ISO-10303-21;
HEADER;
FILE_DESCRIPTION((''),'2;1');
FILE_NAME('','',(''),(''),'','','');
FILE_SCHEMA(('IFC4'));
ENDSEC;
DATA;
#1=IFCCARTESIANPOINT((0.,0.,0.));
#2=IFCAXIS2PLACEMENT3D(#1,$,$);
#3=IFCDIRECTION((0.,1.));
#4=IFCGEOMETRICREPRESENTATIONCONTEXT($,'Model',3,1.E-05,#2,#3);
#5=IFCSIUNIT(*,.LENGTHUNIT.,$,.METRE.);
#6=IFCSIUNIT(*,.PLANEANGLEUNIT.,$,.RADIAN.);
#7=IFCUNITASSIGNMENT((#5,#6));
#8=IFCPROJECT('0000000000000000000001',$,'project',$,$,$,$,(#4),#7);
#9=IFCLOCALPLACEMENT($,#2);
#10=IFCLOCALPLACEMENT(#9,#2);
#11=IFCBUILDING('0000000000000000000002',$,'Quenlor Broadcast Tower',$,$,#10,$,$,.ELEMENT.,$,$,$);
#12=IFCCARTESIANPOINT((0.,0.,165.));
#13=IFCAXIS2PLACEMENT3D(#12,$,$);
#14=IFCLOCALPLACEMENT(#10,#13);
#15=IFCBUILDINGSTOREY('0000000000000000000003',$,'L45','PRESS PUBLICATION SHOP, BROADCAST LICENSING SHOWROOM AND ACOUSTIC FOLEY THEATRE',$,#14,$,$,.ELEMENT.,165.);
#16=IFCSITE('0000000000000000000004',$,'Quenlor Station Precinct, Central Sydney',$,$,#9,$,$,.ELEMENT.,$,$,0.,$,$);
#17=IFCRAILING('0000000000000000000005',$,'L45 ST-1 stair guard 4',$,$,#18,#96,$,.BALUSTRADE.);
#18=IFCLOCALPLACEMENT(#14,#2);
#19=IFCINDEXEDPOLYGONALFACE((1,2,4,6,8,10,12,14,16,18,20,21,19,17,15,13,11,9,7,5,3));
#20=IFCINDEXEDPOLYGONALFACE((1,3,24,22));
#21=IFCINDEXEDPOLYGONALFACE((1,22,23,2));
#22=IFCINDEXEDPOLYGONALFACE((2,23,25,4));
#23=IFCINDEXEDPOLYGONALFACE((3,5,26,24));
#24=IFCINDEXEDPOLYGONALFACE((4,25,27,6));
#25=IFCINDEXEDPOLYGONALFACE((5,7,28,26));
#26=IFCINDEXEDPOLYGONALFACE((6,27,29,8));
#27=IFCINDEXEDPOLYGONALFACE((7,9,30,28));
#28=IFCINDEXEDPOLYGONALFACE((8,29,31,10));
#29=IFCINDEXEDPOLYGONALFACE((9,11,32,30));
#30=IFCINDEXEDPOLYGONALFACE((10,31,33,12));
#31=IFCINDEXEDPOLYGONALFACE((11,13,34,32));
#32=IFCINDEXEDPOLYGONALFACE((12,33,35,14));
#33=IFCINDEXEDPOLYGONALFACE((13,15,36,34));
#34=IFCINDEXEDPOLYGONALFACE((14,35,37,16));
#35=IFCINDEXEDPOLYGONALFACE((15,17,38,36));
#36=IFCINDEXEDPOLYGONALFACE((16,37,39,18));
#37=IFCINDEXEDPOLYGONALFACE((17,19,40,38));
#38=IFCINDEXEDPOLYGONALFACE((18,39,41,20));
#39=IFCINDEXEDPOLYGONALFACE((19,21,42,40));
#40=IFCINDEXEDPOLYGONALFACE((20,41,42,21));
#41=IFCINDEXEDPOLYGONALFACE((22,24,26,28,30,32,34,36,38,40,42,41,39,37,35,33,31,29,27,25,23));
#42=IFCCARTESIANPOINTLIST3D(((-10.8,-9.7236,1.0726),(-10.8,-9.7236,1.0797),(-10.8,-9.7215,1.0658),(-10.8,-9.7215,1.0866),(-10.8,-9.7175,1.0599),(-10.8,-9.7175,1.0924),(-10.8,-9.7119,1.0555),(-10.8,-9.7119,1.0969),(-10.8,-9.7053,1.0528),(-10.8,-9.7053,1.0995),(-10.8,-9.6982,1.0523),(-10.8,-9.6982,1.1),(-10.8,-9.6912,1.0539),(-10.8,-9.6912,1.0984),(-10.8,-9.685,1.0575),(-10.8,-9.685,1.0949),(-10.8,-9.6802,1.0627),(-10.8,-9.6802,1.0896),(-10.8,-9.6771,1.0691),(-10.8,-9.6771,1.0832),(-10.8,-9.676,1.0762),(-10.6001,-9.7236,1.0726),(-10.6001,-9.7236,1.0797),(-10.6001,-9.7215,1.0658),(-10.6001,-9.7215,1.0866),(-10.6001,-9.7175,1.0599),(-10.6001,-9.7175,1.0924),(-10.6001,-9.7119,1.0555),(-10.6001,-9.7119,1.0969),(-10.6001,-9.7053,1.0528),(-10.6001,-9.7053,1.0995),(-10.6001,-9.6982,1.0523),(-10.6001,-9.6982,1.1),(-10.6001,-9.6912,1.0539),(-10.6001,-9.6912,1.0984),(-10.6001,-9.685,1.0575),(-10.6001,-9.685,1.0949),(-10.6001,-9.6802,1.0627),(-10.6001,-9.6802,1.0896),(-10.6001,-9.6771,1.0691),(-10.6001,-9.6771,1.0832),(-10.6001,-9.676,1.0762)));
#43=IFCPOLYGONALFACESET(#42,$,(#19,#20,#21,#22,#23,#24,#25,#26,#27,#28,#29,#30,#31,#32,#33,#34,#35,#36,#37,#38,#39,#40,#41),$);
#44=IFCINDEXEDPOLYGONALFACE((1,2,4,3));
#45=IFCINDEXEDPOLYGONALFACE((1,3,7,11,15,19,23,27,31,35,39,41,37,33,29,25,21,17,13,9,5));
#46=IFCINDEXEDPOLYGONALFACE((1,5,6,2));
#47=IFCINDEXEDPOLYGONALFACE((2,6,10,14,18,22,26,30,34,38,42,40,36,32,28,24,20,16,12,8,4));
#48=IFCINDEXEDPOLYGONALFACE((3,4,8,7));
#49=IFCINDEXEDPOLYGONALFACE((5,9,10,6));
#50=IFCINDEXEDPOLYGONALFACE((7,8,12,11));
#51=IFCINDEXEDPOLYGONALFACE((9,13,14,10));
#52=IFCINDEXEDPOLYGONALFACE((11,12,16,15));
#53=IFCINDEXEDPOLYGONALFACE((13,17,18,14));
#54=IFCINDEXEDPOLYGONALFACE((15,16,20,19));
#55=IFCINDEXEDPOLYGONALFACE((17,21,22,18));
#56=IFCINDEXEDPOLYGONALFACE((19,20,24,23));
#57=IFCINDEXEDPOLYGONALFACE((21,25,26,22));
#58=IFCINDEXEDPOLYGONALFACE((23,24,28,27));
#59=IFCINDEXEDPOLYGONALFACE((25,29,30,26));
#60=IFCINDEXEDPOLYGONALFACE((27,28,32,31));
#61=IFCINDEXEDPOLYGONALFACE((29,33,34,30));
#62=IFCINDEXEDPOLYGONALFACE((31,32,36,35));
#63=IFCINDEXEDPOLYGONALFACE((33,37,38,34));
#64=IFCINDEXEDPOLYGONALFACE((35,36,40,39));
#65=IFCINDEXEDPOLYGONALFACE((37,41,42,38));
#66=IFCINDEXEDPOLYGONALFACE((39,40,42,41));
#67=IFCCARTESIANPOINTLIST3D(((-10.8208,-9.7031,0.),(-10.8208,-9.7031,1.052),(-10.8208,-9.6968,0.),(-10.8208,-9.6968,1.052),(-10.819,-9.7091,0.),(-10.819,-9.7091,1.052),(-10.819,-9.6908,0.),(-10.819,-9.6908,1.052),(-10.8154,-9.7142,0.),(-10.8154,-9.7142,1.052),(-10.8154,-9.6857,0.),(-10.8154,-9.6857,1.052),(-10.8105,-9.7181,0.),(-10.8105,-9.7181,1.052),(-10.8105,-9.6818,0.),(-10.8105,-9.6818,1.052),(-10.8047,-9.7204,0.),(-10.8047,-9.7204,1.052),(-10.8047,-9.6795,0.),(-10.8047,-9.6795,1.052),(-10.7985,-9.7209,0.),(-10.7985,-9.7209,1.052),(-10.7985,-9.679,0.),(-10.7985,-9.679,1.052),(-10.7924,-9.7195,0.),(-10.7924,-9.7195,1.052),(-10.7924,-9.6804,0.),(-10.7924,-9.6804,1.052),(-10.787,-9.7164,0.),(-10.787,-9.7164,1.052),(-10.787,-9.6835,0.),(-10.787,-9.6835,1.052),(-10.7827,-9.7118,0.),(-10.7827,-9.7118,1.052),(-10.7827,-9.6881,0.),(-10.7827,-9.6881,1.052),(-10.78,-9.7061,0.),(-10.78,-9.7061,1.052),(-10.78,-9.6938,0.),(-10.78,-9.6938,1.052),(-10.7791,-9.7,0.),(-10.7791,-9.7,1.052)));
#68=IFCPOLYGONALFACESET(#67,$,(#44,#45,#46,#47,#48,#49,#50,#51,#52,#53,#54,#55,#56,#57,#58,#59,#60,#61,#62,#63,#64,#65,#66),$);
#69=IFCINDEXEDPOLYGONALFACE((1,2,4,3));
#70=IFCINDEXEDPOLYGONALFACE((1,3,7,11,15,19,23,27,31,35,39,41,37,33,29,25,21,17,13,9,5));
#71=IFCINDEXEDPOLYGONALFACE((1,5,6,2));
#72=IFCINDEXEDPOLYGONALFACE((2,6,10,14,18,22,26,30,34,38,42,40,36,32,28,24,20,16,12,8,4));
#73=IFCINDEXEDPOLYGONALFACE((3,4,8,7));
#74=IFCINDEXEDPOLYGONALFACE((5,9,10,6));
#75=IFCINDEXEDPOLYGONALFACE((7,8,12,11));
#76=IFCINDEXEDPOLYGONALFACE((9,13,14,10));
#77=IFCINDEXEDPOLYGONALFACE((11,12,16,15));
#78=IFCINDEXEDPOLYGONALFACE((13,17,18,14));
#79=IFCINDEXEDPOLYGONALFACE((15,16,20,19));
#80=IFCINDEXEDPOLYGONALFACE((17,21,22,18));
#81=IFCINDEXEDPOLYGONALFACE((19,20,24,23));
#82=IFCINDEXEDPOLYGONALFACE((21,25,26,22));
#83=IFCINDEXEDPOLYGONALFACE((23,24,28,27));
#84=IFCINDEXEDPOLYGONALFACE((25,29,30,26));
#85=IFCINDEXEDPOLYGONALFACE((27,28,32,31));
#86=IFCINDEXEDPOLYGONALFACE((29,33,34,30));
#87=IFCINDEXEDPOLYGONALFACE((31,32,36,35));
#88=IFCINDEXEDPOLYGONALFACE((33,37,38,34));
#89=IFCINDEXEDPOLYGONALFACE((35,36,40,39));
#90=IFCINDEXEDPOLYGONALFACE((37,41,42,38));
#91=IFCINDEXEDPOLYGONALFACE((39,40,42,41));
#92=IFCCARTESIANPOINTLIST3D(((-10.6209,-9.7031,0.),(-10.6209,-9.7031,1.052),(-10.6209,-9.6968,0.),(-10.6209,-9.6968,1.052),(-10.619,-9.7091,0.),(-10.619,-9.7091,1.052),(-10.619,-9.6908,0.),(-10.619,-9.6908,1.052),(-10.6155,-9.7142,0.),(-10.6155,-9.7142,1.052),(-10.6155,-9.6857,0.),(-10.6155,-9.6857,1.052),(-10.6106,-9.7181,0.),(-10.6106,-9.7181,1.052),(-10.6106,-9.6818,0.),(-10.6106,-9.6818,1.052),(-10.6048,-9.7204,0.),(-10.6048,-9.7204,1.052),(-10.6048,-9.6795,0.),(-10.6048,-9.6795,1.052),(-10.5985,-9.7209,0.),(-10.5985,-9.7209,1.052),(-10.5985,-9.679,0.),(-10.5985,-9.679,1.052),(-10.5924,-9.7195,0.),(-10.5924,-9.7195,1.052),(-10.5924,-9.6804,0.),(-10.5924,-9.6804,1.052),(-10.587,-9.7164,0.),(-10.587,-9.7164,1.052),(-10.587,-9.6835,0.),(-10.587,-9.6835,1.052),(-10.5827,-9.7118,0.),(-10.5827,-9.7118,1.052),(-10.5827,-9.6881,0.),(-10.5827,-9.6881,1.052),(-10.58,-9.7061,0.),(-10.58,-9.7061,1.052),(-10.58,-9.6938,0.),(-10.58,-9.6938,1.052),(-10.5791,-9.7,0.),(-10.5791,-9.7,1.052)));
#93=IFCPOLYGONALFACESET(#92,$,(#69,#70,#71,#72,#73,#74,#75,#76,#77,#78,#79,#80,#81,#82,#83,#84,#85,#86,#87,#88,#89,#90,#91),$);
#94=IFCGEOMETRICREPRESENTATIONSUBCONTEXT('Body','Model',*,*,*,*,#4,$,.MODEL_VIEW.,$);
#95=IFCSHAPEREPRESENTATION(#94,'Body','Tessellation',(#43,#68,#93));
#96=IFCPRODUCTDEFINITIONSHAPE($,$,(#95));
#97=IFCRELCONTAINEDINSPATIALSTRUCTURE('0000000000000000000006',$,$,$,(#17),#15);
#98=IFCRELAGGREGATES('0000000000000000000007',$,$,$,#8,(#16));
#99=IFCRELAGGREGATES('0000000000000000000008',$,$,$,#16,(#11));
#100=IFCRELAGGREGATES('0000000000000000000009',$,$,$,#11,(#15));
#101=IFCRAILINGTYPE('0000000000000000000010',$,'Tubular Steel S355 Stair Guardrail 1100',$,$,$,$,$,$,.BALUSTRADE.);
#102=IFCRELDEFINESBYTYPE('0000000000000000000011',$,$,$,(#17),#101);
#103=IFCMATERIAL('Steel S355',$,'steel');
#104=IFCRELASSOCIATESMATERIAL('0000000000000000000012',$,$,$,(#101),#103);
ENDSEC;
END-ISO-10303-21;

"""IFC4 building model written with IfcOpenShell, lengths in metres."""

from ifc_helpers import new_model, si_unit, direction, frame, origin, origin_2d, place, context, subcontext, project, spatial, circle, extrude, material, type_object, element, save


model = new_model("IFC4")

# Units and contexts
model_context = context("Model", 3, precision=1e-05, world=origin(), true_north=direction((0.0, 1.0)))
body_context = subcontext(model_context, "Body", "Model", "MODEL_VIEW")
ifc_project = project(units=[si_unit("LENGTHUNIT", "METRE"), si_unit("PLANEANGLEUNIT", "RADIAN")], contexts=[model_context])

# Site, building, storey
site_placement = place(None, origin())
site = spatial("IfcSite", under=ifc_project, at=site_placement, Name="Quenlor Station Precinct, Central Sydney", CompositionType="ELEMENT", RefElevation=0.0)
building_placement = place(site_placement, origin())
building = spatial("IfcBuilding", under=site, at=building_placement, Name="Quenlor Broadcast Tower", CompositionType="ELEMENT")
storey_placement = place(building_placement, frame((0.0, 0.0, 165.0)))
storey = spatial("IfcBuildingStorey", under=building, at=storey_placement, Name="L45", Description="PRESS PUBLICATION SHOP, BROADCAST LICENSING SHOWROOM AND ACOUSTIC FOLEY THEATRE", CompositionType="ELEMENT", Elevation=165.0)

# Railing
ifc_material_1 = material(Name="Steel S355", Category="steel")
railing_type_1 = type_object("IfcRailingType", Name="Tubular Steel S355 Stair Guardrail 1100", PredefinedType="BALUSTRADE", material=ifc_material_1)
railing_1_placement = place(storey_placement, frame((-10.8, -9.7, 0.0)))
element("IfcRailing", 1, at=railing_1_placement, inside=storey, type_object=railing_type_1, Name="L45 ST-1 stair guard 4", PredefinedType="BALUSTRADE", context=body_context, shape_type="SweptSolid", body=[
    extrude(circle(Radius=0.0239, at=origin_2d()), frame((0.0, 0.0, 1.0762), z_axis=(1.0, 0.0, 0.0), x_axis=(0.0, 1.0, 0.0)), (0.0, 0.0, 1.0), 0.2),
    extrude(circle(Radius=0.021, at=origin_2d()), origin(), (0.0, 0.0, 1.0), 1.052),
    extrude(circle(Radius=0.021, at=origin_2d()), frame((0.2, 0.0, 0.0)), (0.0, 0.0, 1.0), 1.052),
])

save(model, "model.ifc")
